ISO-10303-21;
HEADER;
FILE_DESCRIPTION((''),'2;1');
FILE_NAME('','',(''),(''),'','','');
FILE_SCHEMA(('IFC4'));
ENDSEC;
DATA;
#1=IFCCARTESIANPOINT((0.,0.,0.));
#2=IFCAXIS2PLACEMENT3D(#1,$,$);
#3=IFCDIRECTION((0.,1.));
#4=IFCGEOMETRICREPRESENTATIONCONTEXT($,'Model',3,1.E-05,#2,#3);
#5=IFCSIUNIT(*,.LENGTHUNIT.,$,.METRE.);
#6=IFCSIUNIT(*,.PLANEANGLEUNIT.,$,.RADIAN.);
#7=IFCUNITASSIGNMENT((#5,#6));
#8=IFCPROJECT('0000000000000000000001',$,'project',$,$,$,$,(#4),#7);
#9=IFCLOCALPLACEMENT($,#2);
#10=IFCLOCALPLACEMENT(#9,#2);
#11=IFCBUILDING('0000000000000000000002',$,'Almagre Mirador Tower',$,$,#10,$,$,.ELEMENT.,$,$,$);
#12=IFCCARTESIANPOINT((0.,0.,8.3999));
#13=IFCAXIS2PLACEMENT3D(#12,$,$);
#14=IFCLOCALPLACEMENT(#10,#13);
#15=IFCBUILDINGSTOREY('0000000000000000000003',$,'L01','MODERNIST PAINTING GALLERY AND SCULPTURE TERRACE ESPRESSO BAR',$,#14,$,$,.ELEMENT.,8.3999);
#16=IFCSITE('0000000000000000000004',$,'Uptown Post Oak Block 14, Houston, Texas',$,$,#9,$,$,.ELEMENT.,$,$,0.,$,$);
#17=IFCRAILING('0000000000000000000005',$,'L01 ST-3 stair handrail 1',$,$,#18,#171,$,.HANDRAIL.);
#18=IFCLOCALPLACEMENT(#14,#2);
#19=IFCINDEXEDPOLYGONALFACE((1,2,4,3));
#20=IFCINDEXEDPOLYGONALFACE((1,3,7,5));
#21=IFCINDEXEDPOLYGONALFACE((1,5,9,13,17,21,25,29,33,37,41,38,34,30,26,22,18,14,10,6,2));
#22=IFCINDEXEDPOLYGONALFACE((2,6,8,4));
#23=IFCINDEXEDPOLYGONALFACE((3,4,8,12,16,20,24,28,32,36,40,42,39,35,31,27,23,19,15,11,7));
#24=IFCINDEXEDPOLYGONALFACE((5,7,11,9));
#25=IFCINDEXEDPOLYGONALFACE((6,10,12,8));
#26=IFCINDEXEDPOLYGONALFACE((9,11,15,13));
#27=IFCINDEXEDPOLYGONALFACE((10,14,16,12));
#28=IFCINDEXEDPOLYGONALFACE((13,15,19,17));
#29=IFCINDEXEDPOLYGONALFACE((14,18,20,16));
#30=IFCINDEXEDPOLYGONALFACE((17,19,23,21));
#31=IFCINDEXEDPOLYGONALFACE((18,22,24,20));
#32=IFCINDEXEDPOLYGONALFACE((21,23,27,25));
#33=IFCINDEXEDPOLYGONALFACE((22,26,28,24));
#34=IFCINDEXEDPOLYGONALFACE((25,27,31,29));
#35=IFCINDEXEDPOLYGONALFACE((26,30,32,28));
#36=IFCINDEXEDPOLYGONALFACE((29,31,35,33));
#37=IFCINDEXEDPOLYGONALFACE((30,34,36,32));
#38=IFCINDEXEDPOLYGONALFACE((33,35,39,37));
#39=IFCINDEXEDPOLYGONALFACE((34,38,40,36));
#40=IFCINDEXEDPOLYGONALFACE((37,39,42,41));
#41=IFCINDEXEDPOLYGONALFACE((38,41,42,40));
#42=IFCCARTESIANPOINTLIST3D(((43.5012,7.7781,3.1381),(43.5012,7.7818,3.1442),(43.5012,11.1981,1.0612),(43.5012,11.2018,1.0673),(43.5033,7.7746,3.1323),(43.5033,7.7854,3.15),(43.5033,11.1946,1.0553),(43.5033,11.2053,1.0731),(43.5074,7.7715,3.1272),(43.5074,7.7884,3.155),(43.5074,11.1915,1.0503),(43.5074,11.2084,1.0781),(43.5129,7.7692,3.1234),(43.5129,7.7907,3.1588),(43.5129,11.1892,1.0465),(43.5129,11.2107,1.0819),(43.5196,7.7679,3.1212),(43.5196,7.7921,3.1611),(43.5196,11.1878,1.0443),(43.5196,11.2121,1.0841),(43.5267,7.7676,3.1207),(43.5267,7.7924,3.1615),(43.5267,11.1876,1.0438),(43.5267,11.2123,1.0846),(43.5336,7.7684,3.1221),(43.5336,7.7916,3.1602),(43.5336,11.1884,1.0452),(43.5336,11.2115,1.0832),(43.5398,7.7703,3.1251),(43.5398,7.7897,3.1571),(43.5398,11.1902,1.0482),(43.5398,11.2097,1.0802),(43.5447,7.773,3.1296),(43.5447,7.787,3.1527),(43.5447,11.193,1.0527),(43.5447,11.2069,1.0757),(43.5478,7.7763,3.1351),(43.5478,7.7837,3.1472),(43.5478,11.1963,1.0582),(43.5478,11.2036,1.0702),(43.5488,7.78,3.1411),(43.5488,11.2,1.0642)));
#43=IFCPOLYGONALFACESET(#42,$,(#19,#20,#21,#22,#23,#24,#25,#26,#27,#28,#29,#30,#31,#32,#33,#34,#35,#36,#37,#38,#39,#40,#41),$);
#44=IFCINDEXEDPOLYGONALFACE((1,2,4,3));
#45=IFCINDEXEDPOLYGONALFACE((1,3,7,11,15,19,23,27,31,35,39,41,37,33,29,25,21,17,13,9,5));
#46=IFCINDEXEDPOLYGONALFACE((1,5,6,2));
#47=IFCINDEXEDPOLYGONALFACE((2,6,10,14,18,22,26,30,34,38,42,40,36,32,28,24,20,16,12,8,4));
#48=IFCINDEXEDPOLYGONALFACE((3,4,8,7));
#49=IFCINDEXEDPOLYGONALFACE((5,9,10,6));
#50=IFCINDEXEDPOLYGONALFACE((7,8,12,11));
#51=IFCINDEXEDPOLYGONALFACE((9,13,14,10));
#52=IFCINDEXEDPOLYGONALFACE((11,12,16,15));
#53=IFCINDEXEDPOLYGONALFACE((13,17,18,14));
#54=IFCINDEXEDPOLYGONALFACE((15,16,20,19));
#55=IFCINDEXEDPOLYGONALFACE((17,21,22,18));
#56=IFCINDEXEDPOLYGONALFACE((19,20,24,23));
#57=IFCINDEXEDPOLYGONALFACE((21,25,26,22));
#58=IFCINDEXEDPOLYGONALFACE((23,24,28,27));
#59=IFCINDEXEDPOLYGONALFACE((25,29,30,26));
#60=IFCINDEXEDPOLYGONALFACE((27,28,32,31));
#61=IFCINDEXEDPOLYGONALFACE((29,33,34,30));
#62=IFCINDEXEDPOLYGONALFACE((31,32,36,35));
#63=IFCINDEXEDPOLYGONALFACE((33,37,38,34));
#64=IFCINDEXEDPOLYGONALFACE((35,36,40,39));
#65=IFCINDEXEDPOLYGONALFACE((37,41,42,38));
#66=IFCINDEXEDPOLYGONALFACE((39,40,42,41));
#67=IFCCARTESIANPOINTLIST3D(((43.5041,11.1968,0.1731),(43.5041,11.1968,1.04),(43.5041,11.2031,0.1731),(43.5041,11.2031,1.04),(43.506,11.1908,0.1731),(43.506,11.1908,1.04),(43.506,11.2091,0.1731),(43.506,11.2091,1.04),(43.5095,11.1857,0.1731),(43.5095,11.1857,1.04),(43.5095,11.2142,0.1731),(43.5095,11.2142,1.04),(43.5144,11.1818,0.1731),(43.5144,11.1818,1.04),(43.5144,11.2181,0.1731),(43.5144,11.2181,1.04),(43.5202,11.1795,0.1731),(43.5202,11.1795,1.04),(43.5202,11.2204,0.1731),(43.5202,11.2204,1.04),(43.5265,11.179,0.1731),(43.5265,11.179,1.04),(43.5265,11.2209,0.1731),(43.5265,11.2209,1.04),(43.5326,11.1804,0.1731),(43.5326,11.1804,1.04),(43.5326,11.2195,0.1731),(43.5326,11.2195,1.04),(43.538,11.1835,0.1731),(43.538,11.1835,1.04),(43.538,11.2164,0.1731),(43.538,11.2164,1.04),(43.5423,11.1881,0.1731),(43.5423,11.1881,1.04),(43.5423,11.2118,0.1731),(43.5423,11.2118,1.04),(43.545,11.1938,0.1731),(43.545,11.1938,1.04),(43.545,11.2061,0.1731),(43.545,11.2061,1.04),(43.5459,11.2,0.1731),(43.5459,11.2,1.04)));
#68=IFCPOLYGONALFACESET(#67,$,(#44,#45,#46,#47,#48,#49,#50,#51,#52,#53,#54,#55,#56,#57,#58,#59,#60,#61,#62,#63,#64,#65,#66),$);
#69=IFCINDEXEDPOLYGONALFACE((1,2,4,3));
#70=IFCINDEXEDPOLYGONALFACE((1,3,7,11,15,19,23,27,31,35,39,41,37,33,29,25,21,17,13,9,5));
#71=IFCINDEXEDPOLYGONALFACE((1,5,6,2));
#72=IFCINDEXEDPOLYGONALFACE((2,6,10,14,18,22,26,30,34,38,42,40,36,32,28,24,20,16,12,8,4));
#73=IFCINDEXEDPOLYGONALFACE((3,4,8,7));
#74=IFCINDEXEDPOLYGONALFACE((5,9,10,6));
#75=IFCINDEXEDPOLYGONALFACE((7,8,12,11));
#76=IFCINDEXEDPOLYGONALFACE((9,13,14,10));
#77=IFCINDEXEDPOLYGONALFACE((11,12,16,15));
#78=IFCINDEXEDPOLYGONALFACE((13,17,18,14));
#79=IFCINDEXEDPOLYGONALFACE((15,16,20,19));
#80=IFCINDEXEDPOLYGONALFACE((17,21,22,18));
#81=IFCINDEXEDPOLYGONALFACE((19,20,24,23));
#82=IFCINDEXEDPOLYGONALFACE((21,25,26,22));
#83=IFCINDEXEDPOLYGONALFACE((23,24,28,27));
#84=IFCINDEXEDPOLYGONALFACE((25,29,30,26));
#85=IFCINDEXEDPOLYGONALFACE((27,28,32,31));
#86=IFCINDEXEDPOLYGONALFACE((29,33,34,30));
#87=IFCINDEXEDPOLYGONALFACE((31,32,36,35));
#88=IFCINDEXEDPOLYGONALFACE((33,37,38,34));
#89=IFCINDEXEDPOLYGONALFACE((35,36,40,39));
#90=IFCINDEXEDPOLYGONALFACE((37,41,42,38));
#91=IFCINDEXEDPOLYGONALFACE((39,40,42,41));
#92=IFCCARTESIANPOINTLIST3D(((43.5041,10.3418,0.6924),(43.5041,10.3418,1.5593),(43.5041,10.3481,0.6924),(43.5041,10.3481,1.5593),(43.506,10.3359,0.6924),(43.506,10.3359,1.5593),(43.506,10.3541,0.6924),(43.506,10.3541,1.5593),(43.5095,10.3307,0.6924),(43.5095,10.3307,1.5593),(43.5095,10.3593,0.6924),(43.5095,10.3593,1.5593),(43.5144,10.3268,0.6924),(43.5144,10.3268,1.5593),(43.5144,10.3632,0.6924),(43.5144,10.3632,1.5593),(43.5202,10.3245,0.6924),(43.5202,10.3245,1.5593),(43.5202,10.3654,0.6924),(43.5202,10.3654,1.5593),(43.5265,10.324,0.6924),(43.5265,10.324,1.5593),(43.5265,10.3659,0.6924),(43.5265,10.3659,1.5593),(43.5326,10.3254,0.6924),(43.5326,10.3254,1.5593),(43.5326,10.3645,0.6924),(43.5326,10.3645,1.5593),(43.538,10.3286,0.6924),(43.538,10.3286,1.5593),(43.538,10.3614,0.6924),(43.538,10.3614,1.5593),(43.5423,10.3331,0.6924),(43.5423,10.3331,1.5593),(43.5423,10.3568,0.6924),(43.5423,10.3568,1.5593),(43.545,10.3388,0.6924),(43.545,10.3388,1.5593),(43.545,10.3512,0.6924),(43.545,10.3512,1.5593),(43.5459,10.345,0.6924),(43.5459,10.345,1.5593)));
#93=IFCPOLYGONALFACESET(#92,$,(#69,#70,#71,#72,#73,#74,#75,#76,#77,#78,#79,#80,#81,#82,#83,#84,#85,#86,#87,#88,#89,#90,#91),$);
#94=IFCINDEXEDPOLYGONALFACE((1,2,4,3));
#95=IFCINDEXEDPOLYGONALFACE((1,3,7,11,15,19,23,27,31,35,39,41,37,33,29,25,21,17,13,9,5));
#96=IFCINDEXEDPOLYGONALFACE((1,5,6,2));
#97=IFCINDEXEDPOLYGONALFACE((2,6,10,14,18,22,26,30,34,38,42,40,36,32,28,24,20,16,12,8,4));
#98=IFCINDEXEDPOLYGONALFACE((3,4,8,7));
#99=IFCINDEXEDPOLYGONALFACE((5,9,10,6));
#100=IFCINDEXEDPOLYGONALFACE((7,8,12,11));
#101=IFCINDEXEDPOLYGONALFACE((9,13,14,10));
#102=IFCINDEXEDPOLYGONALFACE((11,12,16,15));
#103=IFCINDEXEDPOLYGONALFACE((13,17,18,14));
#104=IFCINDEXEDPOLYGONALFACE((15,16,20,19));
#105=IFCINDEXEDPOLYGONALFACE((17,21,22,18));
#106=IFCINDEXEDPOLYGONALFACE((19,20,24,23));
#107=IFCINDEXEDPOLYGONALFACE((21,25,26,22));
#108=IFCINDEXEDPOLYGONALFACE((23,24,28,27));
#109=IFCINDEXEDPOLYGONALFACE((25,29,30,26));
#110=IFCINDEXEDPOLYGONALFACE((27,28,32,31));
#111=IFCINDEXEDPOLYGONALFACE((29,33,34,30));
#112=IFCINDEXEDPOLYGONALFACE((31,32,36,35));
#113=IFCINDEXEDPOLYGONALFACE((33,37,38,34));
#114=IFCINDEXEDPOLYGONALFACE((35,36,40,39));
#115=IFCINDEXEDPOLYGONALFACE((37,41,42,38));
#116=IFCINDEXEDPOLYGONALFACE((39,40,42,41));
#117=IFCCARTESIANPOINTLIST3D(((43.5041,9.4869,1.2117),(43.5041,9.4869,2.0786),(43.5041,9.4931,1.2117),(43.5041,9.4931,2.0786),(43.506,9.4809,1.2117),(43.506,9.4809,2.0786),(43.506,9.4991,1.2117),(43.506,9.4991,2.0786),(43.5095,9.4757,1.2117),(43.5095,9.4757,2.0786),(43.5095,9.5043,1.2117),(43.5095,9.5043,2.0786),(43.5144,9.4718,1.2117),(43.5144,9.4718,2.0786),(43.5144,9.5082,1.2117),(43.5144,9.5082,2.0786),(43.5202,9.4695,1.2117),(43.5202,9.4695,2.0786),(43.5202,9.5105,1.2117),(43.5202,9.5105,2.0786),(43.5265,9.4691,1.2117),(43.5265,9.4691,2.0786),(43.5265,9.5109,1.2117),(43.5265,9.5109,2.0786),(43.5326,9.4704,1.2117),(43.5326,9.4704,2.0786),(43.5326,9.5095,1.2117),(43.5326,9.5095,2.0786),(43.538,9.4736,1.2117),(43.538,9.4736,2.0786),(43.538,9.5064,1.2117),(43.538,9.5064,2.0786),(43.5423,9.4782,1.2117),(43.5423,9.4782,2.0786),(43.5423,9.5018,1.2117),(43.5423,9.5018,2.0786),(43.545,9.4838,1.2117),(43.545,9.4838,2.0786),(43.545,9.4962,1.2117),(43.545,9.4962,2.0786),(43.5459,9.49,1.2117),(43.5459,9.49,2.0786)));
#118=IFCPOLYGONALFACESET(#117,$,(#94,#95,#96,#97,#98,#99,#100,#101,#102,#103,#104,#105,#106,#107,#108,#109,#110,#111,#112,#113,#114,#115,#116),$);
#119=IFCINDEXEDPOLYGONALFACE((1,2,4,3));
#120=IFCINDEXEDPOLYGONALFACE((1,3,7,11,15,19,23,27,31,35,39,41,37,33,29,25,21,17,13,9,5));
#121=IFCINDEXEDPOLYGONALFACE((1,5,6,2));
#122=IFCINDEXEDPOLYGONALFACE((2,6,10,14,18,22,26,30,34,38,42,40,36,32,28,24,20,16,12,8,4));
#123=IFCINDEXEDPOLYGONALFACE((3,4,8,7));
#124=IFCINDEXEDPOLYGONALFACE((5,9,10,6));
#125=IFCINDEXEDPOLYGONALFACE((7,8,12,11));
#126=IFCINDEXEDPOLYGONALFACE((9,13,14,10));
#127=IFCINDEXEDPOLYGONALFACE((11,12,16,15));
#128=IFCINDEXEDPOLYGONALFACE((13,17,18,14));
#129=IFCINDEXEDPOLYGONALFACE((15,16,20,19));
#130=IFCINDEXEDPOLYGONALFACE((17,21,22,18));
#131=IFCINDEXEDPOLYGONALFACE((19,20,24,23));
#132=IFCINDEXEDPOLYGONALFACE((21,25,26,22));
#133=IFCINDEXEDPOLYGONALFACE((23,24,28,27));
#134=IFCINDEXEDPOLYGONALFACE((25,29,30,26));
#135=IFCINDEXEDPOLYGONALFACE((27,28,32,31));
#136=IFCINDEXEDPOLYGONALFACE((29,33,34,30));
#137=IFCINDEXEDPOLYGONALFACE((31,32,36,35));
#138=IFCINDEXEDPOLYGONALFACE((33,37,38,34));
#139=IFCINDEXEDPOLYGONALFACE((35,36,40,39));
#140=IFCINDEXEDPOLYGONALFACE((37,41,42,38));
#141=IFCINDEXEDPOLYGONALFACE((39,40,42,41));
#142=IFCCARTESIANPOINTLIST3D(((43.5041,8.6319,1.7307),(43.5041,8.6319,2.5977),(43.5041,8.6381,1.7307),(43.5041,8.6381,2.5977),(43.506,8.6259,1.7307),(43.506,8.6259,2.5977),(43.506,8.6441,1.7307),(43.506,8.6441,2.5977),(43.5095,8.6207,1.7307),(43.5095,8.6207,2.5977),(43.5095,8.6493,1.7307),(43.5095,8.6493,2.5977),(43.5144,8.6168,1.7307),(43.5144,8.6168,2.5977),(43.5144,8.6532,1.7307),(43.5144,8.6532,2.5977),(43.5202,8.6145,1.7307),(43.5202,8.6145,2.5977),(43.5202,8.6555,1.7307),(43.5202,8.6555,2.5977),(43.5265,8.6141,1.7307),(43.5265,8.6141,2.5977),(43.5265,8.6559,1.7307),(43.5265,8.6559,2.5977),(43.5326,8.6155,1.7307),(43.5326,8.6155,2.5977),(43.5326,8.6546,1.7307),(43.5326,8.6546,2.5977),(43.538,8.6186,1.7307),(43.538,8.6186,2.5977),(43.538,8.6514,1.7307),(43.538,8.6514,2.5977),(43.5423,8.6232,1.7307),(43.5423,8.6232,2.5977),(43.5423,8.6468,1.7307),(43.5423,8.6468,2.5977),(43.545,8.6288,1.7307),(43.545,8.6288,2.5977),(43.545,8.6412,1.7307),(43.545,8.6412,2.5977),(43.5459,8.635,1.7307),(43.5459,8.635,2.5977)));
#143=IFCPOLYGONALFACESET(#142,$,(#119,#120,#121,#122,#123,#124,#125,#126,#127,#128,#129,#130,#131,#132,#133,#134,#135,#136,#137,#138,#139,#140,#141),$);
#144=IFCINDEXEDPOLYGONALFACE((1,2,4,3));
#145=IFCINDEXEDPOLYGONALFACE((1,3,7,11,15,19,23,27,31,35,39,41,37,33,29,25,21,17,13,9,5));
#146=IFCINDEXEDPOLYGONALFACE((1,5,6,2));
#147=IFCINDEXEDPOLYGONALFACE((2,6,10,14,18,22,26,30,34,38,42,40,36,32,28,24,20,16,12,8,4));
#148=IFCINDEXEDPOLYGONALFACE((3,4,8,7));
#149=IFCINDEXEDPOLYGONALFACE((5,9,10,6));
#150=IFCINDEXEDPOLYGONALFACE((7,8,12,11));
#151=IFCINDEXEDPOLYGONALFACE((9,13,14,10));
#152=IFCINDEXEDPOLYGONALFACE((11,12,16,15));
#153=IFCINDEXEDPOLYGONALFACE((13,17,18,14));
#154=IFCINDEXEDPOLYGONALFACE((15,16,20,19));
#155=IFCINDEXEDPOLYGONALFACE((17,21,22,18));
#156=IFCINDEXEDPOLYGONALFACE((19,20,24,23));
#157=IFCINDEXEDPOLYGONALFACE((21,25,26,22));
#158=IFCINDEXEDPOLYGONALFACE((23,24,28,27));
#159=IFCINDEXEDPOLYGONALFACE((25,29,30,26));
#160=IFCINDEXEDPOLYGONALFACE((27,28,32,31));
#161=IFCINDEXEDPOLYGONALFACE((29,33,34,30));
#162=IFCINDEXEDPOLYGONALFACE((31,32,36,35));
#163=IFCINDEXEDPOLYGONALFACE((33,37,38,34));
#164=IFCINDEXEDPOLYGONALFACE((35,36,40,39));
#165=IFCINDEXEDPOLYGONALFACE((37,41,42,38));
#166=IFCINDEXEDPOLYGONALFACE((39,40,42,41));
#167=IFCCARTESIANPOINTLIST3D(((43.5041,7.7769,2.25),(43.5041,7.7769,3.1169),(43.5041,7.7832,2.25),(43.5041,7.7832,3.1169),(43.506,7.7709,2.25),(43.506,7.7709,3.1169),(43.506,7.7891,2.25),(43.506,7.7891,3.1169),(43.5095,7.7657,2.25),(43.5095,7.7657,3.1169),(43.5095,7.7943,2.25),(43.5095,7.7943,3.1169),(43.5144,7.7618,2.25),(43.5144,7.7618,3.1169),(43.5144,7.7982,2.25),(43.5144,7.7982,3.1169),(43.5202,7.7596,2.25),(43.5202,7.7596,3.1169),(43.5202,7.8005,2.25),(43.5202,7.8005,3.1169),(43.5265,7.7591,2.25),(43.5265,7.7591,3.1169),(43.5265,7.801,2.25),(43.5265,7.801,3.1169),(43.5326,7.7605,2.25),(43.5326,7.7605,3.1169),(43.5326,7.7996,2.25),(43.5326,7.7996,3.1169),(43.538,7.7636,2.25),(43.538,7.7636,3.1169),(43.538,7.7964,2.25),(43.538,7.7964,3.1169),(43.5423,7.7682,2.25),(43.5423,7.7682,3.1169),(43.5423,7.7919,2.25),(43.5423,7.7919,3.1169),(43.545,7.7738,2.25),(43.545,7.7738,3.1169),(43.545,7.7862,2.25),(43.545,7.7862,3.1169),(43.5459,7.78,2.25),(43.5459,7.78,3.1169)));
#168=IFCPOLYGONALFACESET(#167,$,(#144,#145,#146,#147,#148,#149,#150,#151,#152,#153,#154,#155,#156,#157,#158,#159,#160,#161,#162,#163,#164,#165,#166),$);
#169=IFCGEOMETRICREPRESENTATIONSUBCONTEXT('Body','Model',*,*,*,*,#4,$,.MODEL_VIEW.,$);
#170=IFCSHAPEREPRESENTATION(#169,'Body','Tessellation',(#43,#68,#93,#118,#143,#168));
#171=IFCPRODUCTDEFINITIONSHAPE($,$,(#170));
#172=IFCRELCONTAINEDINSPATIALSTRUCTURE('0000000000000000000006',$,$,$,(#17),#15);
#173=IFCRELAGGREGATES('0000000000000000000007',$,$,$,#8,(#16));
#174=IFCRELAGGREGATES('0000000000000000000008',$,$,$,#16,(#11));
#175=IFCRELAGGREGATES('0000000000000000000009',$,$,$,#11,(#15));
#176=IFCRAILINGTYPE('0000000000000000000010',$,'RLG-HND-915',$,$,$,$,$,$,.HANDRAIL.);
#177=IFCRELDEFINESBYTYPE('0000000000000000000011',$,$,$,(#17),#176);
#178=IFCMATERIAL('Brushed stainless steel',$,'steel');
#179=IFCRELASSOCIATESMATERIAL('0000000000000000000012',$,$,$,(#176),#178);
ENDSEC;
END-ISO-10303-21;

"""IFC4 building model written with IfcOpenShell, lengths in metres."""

from ifc_helpers import new_model, si_unit, direction, frame, origin, origin_2d, place, context, subcontext, project, spatial, circle, extrude, material, type_object, element, save


model = new_model("IFC4")

# Units and contexts
model_context = context("Model", 3, precision=1e-05, world=origin(), true_north=direction((0.0, 1.0)))
body_context = subcontext(model_context, "Body", "Model", "MODEL_VIEW")
ifc_project = project(units=[si_unit("LENGTHUNIT", "METRE"), si_unit("PLANEANGLEUNIT", "RADIAN")], contexts=[model_context])

# Site, building, storey
site_placement = place(None, origin())
site = spatial("IfcSite", under=ifc_project, at=site_placement, Name="Uptown Post Oak Block 14, Houston, Texas", CompositionType="ELEMENT", RefElevation=0.0)
building_placement = place(site_placement, origin())
building = spatial("IfcBuilding", under=site, at=building_placement, Name="Almagre Mirador Tower", CompositionType="ELEMENT")
storey_placement = place(building_placement, frame((0.0, 0.0, 8.3999)))
storey = spatial("IfcBuildingStorey", under=building, at=storey_placement, Name="L01", Description="MODERNIST PAINTING GALLERY AND SCULPTURE TERRACE ESPRESSO BAR", CompositionType="ELEMENT", Elevation=8.3999)

# Railing
ifc_material_1 = material(Name="Brushed stainless steel", Category="steel")
railing_type_1 = type_object("IfcRailingType", Name="RLG-HND-915", PredefinedType="HANDRAIL", material=ifc_material_1)
railing_1_placement = place(storey_placement, frame((43.5249, 11.2, 0.1731)))
element("IfcRailing", 1, at=railing_1_placement, inside=storey, type_object=railing_type_1, Name="L01 ST-3 stair handrail 1", PredefinedType="HANDRAIL", context=body_context, shape_type="SweptSolid", body=[
    extrude(circle(Radius=0.0239, at=origin_2d()), frame((0.0, 0.0, 0.8911), z_axis=(0.0, -0.85473, 0.519074), x_axis=(1.0, 0.0, 0.0)), (0.0, 0.0, 1.0), 4.0012),
    extrude(circle(Radius=0.021, at=origin_2d()), origin(), (0.0, 0.0, 1.0), 0.8669),
    extrude(circle(Radius=0.021, at=origin_2d()), frame((0.0, -0.855, 0.5193)), (0.0, 0.0, 1.0), 0.8669),
    extrude(circle(Radius=0.021, at=origin_2d()), frame((0.0, -1.71, 1.0386)), (0.0, 0.0, 1.0), 0.8669),
    extrude(circle(Radius=0.021, at=origin_2d()), frame((0.0, -2.5649, 1.5576)), (0.0, 0.0, 1.0), 0.8669),
    extrude(circle(Radius=0.021, at=origin_2d()), frame((0.0, -3.4199, 2.0769)), (0.0, 0.0, 1.0), 0.8669),
])

save(model, "model.ifc")
